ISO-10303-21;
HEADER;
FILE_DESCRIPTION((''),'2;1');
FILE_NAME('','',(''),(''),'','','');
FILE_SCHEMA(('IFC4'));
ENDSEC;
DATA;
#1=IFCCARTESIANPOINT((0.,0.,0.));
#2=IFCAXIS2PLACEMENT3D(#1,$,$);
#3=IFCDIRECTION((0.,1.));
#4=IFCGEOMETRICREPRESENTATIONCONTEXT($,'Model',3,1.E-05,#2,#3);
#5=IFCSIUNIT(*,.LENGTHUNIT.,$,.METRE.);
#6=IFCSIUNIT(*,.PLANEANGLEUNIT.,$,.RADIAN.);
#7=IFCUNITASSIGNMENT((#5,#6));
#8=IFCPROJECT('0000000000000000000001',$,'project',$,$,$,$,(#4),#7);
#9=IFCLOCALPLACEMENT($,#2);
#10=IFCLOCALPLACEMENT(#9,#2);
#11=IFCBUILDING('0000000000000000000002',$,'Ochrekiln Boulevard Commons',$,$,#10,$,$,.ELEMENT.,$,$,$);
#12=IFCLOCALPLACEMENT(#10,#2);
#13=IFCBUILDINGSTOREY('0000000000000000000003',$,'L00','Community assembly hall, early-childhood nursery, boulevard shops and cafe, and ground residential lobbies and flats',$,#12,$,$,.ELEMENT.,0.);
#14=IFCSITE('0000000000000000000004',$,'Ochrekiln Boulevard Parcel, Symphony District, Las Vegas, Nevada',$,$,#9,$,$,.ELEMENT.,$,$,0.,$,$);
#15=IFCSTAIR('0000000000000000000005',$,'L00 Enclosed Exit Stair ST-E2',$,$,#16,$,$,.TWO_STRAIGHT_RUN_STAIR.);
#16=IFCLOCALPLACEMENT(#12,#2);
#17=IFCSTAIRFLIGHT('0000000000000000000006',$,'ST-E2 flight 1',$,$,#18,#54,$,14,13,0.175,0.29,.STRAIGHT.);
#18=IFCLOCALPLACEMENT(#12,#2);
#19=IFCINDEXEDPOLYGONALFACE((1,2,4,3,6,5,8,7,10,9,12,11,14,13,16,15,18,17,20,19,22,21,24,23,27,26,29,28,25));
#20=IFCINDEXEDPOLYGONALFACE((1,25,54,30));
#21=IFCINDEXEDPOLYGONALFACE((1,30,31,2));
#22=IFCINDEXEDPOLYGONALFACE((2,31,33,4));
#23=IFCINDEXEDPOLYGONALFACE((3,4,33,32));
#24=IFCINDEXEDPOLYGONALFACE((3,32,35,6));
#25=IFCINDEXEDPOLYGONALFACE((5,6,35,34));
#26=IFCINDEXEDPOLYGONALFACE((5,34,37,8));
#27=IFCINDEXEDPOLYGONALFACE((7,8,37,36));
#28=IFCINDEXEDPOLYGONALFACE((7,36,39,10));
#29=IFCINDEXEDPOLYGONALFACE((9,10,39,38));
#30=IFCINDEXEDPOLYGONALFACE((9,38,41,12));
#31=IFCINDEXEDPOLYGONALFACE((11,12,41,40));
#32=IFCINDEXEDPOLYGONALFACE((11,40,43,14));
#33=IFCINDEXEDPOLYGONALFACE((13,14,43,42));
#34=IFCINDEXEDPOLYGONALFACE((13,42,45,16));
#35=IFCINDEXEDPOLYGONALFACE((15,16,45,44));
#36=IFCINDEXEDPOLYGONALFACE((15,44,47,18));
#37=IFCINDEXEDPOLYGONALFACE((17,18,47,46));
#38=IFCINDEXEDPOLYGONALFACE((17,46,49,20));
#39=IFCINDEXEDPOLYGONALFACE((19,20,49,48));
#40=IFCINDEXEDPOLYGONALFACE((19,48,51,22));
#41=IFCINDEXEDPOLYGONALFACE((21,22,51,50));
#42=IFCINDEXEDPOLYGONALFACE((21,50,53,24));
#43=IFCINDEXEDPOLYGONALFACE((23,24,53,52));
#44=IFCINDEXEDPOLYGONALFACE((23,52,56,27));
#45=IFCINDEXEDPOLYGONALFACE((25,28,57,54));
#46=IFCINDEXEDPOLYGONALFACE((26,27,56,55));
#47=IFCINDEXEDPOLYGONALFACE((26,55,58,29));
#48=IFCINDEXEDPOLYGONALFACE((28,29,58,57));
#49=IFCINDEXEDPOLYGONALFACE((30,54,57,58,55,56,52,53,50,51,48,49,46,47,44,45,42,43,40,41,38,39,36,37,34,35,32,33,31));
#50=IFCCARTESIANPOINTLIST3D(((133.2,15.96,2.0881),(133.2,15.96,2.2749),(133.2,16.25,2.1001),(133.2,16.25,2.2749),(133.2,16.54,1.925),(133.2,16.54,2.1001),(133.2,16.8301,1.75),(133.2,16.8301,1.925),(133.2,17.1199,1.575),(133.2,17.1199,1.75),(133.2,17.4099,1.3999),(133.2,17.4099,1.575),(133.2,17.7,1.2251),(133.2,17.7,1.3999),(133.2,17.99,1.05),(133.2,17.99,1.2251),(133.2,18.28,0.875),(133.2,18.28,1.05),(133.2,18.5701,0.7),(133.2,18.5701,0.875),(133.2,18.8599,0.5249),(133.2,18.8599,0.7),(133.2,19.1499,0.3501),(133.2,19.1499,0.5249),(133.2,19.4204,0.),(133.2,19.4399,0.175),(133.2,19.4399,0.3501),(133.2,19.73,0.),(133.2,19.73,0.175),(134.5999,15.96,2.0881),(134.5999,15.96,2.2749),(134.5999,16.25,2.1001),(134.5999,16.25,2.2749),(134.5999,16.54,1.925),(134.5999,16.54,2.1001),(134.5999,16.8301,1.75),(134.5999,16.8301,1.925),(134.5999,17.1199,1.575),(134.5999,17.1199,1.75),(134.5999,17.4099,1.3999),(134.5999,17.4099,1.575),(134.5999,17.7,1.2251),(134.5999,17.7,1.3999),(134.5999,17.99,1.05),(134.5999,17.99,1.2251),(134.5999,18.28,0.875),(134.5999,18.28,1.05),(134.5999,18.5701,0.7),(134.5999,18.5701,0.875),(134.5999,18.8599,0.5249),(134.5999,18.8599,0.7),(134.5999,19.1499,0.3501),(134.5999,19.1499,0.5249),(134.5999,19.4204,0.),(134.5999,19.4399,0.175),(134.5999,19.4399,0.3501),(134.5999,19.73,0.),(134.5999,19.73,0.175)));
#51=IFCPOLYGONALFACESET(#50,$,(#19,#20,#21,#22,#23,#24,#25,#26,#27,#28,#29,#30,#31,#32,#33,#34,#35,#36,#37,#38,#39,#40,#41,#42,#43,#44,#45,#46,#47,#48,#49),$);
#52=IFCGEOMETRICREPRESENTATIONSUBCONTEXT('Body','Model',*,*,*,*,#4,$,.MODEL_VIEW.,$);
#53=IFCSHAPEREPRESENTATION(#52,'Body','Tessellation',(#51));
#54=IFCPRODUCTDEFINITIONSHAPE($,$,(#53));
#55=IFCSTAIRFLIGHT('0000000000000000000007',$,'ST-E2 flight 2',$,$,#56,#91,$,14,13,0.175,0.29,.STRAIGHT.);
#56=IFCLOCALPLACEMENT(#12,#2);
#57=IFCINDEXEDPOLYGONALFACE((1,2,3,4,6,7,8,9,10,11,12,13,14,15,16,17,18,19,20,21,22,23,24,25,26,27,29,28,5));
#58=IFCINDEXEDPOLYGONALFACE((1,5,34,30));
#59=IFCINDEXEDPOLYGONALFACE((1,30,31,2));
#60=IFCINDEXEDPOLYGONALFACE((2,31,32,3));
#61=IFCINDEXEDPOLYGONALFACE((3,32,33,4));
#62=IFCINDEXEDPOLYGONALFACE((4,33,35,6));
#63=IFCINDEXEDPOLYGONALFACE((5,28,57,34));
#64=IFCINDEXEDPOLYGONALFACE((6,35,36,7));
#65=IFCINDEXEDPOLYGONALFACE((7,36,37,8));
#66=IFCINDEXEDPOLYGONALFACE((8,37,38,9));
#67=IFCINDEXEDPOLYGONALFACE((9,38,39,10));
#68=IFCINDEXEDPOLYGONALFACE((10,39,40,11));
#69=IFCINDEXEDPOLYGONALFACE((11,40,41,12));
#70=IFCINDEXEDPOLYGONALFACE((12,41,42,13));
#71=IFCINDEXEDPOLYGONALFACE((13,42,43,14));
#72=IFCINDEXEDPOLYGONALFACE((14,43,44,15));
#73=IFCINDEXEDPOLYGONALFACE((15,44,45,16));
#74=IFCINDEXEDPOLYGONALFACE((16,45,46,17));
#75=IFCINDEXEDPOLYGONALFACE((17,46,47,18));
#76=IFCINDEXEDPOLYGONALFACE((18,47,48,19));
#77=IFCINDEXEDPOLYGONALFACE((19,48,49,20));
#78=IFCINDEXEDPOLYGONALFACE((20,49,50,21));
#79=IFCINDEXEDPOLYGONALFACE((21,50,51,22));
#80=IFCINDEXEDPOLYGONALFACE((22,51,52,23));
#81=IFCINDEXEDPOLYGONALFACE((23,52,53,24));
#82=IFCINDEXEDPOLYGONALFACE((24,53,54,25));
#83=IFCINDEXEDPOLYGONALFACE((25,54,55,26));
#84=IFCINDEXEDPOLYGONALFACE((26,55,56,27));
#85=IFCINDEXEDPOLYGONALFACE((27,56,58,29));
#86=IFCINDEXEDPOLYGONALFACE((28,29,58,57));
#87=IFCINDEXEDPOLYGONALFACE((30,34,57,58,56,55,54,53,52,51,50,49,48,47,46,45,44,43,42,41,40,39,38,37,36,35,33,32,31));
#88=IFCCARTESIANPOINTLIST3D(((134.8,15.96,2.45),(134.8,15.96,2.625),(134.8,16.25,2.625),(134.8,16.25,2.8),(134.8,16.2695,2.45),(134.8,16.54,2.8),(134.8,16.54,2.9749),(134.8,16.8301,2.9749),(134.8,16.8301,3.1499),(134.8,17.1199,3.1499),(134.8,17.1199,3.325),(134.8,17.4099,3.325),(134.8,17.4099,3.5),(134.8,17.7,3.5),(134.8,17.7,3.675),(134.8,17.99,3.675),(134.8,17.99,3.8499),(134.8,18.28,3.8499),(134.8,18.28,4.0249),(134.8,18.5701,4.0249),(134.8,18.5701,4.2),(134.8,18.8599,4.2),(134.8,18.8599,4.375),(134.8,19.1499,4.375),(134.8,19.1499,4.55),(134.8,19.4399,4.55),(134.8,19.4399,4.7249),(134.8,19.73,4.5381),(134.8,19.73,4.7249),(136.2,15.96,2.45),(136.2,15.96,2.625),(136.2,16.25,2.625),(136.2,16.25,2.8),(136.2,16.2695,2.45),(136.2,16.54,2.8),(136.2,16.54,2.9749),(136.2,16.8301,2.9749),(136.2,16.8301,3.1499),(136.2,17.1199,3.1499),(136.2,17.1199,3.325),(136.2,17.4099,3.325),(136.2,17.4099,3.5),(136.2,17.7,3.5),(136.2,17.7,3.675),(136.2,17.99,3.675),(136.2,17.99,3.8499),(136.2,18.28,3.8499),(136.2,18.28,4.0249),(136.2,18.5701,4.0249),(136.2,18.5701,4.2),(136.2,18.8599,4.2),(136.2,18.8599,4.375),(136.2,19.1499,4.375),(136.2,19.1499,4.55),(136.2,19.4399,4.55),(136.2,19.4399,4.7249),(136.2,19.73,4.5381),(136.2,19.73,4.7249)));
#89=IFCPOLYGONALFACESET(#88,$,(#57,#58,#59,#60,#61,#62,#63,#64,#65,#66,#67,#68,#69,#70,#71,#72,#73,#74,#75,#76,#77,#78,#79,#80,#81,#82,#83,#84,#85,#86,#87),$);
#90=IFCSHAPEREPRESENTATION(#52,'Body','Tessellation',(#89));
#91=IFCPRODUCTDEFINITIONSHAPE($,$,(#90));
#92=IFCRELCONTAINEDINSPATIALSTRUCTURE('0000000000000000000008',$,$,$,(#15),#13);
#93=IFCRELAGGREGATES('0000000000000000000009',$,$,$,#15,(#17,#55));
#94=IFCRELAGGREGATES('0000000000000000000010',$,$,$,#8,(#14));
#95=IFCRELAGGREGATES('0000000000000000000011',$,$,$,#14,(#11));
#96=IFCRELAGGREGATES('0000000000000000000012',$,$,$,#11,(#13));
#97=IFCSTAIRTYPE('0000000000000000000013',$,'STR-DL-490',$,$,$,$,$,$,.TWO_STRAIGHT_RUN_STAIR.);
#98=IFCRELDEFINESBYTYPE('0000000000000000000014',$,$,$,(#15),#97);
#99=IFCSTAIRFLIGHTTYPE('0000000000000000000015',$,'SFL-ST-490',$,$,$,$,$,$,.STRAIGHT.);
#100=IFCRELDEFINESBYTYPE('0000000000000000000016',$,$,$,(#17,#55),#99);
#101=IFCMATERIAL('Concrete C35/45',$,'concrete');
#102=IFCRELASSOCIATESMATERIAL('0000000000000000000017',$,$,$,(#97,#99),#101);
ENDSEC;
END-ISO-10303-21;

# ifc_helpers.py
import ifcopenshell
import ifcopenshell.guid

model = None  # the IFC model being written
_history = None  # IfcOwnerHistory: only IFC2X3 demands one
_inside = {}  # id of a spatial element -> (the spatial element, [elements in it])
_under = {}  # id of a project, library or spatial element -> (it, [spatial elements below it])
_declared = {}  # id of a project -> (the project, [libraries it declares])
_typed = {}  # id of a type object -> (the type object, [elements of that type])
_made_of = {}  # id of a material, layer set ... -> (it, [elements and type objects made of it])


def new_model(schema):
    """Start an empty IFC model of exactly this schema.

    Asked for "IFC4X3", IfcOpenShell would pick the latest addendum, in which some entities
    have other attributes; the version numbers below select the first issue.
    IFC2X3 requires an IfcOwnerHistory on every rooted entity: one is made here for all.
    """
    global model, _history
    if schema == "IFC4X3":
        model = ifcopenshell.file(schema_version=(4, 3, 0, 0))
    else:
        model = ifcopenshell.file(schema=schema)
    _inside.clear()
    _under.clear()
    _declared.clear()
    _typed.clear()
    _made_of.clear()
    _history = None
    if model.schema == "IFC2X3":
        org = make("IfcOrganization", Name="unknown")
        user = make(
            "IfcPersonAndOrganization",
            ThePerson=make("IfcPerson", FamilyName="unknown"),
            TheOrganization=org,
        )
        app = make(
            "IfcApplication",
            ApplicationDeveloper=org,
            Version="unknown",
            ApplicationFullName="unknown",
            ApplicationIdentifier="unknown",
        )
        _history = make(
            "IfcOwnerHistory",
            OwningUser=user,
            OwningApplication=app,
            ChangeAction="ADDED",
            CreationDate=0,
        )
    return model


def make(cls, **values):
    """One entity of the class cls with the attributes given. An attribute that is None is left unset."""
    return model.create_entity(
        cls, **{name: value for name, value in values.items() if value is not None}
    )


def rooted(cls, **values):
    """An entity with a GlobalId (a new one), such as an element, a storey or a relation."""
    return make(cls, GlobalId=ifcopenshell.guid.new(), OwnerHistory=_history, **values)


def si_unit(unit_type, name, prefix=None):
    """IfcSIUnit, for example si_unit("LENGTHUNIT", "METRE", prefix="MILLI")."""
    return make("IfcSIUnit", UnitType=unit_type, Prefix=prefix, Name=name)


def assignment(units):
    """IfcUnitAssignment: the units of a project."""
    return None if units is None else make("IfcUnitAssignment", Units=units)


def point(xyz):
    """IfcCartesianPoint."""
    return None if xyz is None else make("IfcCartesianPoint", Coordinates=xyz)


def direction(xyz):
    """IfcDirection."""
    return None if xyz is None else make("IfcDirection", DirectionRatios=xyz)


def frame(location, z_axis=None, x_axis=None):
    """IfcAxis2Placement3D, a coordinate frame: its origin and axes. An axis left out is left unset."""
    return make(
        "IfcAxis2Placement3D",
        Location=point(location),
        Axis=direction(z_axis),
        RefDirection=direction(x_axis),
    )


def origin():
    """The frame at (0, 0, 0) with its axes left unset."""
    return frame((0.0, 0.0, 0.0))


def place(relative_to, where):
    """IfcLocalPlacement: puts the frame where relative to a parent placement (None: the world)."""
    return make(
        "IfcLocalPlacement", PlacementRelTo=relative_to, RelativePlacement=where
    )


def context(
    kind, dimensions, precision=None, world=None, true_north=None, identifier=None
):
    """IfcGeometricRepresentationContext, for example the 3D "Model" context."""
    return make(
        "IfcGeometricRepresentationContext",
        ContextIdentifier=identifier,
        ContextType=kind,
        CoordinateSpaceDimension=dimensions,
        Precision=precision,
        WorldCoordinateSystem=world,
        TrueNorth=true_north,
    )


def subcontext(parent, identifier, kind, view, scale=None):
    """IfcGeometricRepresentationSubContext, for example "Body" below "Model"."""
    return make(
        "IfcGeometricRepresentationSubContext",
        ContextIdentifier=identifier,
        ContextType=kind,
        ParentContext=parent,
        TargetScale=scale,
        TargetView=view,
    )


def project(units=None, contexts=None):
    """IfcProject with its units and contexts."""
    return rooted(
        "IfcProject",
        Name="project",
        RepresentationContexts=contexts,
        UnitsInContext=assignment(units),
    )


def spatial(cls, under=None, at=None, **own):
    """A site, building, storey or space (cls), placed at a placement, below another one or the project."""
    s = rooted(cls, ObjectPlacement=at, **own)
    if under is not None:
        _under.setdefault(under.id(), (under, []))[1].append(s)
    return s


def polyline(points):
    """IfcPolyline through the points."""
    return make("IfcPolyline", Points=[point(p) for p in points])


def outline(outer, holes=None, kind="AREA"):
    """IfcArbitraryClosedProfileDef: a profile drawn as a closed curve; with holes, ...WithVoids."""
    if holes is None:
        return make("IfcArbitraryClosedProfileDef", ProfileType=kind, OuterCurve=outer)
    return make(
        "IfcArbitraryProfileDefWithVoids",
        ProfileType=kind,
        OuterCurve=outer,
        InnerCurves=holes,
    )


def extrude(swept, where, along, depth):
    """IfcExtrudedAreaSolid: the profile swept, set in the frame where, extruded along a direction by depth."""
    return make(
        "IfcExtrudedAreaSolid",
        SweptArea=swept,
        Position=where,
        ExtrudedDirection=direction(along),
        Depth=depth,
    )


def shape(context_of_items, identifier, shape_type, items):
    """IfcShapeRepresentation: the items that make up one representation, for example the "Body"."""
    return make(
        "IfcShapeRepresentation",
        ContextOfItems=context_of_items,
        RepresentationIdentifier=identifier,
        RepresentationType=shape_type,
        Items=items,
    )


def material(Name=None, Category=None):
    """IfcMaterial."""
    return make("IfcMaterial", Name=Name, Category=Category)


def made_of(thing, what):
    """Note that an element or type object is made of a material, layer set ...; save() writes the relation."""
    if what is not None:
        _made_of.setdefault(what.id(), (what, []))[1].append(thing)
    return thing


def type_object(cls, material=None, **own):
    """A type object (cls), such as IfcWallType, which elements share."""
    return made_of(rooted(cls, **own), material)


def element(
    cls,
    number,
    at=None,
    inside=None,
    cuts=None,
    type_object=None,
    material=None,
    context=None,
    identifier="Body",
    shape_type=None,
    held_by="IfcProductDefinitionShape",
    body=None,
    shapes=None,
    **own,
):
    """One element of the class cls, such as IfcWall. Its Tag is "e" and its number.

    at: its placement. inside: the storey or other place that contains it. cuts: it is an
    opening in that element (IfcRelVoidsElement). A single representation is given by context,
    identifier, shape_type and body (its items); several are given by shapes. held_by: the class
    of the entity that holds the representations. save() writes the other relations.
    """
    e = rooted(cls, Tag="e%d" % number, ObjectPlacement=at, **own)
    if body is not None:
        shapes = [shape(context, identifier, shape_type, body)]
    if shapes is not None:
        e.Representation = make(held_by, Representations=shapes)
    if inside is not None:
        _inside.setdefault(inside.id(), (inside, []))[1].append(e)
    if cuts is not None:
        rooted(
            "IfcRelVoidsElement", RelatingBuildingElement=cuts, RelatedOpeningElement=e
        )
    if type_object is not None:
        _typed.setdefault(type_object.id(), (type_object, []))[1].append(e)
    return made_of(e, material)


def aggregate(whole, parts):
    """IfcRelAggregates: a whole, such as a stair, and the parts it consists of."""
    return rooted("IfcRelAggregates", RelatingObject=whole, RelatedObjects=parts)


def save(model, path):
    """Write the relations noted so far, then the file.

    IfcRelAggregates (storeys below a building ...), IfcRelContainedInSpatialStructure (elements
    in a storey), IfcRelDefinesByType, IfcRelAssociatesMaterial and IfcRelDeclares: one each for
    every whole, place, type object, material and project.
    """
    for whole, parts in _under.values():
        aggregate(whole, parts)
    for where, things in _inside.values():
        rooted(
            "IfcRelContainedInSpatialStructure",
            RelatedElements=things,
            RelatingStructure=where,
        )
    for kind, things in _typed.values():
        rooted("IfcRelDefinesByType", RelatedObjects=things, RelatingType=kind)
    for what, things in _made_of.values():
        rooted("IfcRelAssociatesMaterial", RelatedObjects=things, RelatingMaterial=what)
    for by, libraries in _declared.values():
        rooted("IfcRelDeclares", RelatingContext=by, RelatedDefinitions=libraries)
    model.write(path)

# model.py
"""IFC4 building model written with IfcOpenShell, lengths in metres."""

from ifc_helpers import new_model, si_unit, direction, frame, origin, place, context, subcontext, project, spatial, polyline, outline, extrude, material, type_object, element, aggregate, save


model = new_model("IFC4")

# Units and contexts
model_context = context("Model", 3, precision=1e-05, world=origin(), true_north=direction((0.0, 1.0)))
body_context = subcontext(model_context, "Body", "Model", "MODEL_VIEW")
ifc_project = project(units=[si_unit("LENGTHUNIT", "METRE"), si_unit("PLANEANGLEUNIT", "RADIAN")], contexts=[model_context])

# Site, building, storey
site_placement = place(None, origin())
site = spatial("IfcSite", under=ifc_project, at=site_placement, Name="Ochrekiln Boulevard Parcel, Symphony District, Las Vegas, Nevada", CompositionType="ELEMENT", RefElevation=0.0)
building_placement = place(site_placement, origin())
building = spatial("IfcBuilding", under=site, at=building_placement, Name="Ochrekiln Boulevard Commons", CompositionType="ELEMENT")
storey_placement = place(building_placement, origin())
storey = spatial("IfcBuildingStorey", under=building, at=storey_placement, Name="L00", Description="Community assembly hall, early-childhood nursery, boulevard shops and cafe, and ground residential lobbies and flats", CompositionType="ELEMENT", Elevation=0.0)

# Shared definitions
ifc_material_1 = material(Name="Concrete C35/45", Category="concrete")

# Stair, stair flights
stair_type = type_object("IfcStairType", Name="STR-DL-490", PredefinedType="TWO_STRAIGHT_RUN_STAIR", material=ifc_material_1)
stair_placement = place(storey_placement, origin())
stair = element("IfcStair", 1, at=stair_placement, inside=storey, type_object=stair_type, Name="L00 Enclosed Exit Stair ST-E2", PredefinedType="TWO_STRAIGHT_RUN_STAIR")
stair_flight_type = type_object("IfcStairFlightType", Name="SFL-ST-490", PredefinedType="STRAIGHT", material=ifc_material_1)
stair_flight_1_placement = place(storey_placement, frame((133.8999, 19.73, 0.0), z_axis=(0.0, 0.0, 1.0), x_axis=(0.0, -1.0, 0.0)))
stair_flight_1 = element("IfcStairFlight", 2, at=stair_flight_1_placement, type_object=stair_flight_type, Name="ST-E2 flight 1", NumberOfRisers=14, NumberOfTreads=13, PredefinedType="STRAIGHT", RiserHeight=0.175, TreadLength=0.29, context=body_context, shape_type="SweptSolid", body=[
    extrude(outline(polyline([(0.0, 0.0), (0.0, 0.175), (0.29, 0.175), (0.29, 0.3501), (0.5801, 0.3501), (0.5801, 0.5249), (0.8701, 0.5249), (0.8701, 0.7), (1.1599, 0.7), (1.1599, 0.875), (1.45, 0.875), (1.45, 1.05), (1.74, 1.05), (1.74, 1.2251), (2.03, 1.2251), (2.03, 1.3999), (2.3201, 1.3999), (2.3201, 1.575), (2.6101, 1.575), (2.6101, 1.75), (2.8999, 1.75), (2.8999, 1.925), (3.1899, 1.925), (3.1899, 2.1001), (3.48, 2.1001), (3.48, 2.2749), (3.77, 2.2749), (3.77, 2.45), (3.77, 2.0881), (0.3096, 0.0), (0.0, 0.0)])), frame((0.0, 0.7, 0.0), z_axis=(0.0, -1.0, 0.0), x_axis=(1.0, 0.0, 0.0)), (0.0, 0.0, 1.0), 1.3999),
])
stair_flight_2_placement = place(storey_placement, frame((135.5, 15.96, 2.45), z_axis=(0.0, 0.0, 1.0), x_axis=(0.0, 1.0, 0.0)))
stair_flight_2 = element("IfcStairFlight", 3, at=stair_flight_2_placement, type_object=stair_flight_type, Name="ST-E2 flight 2", NumberOfRisers=14, NumberOfTreads=13, PredefinedType="STRAIGHT", RiserHeight=0.175, TreadLength=0.29, context=body_context, shape_type="SweptSolid", body=[
    extrude(outline(polyline([(0.0, 0.0), (0.0, 0.175), (0.29, 0.175), (0.29, 0.3501), (0.5801, 0.3501), (0.5801, 0.5249), (0.8701, 0.5249), (0.8701, 0.7), (1.1599, 0.7), (1.1599, 0.875), (1.45, 0.875), (1.45, 1.05), (1.74, 1.05), (1.74, 1.2251), (2.03, 1.2251), (2.03, 1.3999), (2.3201, 1.3999), (2.3201, 1.575), (2.6101, 1.575), (2.6101, 1.75), (2.8999, 1.75), (2.8999, 1.925), (3.1899, 1.925), (3.1899, 2.1001), (3.48, 2.1001), (3.48, 2.2749), (3.77, 2.2749), (3.77, 2.45), (3.77, 2.0881), (0.3096, 0.0), (0.0, 0.0)])), frame((0.0, 0.7, 0.0), z_axis=(0.0, -1.0, 0.0), x_axis=(1.0, 0.0, 0.0)), (0.0, 0.0, 1.0), 1.3999),
])
aggregate(stair, [stair_flight_1, stair_flight_2])

save(model, "model.ifc")
